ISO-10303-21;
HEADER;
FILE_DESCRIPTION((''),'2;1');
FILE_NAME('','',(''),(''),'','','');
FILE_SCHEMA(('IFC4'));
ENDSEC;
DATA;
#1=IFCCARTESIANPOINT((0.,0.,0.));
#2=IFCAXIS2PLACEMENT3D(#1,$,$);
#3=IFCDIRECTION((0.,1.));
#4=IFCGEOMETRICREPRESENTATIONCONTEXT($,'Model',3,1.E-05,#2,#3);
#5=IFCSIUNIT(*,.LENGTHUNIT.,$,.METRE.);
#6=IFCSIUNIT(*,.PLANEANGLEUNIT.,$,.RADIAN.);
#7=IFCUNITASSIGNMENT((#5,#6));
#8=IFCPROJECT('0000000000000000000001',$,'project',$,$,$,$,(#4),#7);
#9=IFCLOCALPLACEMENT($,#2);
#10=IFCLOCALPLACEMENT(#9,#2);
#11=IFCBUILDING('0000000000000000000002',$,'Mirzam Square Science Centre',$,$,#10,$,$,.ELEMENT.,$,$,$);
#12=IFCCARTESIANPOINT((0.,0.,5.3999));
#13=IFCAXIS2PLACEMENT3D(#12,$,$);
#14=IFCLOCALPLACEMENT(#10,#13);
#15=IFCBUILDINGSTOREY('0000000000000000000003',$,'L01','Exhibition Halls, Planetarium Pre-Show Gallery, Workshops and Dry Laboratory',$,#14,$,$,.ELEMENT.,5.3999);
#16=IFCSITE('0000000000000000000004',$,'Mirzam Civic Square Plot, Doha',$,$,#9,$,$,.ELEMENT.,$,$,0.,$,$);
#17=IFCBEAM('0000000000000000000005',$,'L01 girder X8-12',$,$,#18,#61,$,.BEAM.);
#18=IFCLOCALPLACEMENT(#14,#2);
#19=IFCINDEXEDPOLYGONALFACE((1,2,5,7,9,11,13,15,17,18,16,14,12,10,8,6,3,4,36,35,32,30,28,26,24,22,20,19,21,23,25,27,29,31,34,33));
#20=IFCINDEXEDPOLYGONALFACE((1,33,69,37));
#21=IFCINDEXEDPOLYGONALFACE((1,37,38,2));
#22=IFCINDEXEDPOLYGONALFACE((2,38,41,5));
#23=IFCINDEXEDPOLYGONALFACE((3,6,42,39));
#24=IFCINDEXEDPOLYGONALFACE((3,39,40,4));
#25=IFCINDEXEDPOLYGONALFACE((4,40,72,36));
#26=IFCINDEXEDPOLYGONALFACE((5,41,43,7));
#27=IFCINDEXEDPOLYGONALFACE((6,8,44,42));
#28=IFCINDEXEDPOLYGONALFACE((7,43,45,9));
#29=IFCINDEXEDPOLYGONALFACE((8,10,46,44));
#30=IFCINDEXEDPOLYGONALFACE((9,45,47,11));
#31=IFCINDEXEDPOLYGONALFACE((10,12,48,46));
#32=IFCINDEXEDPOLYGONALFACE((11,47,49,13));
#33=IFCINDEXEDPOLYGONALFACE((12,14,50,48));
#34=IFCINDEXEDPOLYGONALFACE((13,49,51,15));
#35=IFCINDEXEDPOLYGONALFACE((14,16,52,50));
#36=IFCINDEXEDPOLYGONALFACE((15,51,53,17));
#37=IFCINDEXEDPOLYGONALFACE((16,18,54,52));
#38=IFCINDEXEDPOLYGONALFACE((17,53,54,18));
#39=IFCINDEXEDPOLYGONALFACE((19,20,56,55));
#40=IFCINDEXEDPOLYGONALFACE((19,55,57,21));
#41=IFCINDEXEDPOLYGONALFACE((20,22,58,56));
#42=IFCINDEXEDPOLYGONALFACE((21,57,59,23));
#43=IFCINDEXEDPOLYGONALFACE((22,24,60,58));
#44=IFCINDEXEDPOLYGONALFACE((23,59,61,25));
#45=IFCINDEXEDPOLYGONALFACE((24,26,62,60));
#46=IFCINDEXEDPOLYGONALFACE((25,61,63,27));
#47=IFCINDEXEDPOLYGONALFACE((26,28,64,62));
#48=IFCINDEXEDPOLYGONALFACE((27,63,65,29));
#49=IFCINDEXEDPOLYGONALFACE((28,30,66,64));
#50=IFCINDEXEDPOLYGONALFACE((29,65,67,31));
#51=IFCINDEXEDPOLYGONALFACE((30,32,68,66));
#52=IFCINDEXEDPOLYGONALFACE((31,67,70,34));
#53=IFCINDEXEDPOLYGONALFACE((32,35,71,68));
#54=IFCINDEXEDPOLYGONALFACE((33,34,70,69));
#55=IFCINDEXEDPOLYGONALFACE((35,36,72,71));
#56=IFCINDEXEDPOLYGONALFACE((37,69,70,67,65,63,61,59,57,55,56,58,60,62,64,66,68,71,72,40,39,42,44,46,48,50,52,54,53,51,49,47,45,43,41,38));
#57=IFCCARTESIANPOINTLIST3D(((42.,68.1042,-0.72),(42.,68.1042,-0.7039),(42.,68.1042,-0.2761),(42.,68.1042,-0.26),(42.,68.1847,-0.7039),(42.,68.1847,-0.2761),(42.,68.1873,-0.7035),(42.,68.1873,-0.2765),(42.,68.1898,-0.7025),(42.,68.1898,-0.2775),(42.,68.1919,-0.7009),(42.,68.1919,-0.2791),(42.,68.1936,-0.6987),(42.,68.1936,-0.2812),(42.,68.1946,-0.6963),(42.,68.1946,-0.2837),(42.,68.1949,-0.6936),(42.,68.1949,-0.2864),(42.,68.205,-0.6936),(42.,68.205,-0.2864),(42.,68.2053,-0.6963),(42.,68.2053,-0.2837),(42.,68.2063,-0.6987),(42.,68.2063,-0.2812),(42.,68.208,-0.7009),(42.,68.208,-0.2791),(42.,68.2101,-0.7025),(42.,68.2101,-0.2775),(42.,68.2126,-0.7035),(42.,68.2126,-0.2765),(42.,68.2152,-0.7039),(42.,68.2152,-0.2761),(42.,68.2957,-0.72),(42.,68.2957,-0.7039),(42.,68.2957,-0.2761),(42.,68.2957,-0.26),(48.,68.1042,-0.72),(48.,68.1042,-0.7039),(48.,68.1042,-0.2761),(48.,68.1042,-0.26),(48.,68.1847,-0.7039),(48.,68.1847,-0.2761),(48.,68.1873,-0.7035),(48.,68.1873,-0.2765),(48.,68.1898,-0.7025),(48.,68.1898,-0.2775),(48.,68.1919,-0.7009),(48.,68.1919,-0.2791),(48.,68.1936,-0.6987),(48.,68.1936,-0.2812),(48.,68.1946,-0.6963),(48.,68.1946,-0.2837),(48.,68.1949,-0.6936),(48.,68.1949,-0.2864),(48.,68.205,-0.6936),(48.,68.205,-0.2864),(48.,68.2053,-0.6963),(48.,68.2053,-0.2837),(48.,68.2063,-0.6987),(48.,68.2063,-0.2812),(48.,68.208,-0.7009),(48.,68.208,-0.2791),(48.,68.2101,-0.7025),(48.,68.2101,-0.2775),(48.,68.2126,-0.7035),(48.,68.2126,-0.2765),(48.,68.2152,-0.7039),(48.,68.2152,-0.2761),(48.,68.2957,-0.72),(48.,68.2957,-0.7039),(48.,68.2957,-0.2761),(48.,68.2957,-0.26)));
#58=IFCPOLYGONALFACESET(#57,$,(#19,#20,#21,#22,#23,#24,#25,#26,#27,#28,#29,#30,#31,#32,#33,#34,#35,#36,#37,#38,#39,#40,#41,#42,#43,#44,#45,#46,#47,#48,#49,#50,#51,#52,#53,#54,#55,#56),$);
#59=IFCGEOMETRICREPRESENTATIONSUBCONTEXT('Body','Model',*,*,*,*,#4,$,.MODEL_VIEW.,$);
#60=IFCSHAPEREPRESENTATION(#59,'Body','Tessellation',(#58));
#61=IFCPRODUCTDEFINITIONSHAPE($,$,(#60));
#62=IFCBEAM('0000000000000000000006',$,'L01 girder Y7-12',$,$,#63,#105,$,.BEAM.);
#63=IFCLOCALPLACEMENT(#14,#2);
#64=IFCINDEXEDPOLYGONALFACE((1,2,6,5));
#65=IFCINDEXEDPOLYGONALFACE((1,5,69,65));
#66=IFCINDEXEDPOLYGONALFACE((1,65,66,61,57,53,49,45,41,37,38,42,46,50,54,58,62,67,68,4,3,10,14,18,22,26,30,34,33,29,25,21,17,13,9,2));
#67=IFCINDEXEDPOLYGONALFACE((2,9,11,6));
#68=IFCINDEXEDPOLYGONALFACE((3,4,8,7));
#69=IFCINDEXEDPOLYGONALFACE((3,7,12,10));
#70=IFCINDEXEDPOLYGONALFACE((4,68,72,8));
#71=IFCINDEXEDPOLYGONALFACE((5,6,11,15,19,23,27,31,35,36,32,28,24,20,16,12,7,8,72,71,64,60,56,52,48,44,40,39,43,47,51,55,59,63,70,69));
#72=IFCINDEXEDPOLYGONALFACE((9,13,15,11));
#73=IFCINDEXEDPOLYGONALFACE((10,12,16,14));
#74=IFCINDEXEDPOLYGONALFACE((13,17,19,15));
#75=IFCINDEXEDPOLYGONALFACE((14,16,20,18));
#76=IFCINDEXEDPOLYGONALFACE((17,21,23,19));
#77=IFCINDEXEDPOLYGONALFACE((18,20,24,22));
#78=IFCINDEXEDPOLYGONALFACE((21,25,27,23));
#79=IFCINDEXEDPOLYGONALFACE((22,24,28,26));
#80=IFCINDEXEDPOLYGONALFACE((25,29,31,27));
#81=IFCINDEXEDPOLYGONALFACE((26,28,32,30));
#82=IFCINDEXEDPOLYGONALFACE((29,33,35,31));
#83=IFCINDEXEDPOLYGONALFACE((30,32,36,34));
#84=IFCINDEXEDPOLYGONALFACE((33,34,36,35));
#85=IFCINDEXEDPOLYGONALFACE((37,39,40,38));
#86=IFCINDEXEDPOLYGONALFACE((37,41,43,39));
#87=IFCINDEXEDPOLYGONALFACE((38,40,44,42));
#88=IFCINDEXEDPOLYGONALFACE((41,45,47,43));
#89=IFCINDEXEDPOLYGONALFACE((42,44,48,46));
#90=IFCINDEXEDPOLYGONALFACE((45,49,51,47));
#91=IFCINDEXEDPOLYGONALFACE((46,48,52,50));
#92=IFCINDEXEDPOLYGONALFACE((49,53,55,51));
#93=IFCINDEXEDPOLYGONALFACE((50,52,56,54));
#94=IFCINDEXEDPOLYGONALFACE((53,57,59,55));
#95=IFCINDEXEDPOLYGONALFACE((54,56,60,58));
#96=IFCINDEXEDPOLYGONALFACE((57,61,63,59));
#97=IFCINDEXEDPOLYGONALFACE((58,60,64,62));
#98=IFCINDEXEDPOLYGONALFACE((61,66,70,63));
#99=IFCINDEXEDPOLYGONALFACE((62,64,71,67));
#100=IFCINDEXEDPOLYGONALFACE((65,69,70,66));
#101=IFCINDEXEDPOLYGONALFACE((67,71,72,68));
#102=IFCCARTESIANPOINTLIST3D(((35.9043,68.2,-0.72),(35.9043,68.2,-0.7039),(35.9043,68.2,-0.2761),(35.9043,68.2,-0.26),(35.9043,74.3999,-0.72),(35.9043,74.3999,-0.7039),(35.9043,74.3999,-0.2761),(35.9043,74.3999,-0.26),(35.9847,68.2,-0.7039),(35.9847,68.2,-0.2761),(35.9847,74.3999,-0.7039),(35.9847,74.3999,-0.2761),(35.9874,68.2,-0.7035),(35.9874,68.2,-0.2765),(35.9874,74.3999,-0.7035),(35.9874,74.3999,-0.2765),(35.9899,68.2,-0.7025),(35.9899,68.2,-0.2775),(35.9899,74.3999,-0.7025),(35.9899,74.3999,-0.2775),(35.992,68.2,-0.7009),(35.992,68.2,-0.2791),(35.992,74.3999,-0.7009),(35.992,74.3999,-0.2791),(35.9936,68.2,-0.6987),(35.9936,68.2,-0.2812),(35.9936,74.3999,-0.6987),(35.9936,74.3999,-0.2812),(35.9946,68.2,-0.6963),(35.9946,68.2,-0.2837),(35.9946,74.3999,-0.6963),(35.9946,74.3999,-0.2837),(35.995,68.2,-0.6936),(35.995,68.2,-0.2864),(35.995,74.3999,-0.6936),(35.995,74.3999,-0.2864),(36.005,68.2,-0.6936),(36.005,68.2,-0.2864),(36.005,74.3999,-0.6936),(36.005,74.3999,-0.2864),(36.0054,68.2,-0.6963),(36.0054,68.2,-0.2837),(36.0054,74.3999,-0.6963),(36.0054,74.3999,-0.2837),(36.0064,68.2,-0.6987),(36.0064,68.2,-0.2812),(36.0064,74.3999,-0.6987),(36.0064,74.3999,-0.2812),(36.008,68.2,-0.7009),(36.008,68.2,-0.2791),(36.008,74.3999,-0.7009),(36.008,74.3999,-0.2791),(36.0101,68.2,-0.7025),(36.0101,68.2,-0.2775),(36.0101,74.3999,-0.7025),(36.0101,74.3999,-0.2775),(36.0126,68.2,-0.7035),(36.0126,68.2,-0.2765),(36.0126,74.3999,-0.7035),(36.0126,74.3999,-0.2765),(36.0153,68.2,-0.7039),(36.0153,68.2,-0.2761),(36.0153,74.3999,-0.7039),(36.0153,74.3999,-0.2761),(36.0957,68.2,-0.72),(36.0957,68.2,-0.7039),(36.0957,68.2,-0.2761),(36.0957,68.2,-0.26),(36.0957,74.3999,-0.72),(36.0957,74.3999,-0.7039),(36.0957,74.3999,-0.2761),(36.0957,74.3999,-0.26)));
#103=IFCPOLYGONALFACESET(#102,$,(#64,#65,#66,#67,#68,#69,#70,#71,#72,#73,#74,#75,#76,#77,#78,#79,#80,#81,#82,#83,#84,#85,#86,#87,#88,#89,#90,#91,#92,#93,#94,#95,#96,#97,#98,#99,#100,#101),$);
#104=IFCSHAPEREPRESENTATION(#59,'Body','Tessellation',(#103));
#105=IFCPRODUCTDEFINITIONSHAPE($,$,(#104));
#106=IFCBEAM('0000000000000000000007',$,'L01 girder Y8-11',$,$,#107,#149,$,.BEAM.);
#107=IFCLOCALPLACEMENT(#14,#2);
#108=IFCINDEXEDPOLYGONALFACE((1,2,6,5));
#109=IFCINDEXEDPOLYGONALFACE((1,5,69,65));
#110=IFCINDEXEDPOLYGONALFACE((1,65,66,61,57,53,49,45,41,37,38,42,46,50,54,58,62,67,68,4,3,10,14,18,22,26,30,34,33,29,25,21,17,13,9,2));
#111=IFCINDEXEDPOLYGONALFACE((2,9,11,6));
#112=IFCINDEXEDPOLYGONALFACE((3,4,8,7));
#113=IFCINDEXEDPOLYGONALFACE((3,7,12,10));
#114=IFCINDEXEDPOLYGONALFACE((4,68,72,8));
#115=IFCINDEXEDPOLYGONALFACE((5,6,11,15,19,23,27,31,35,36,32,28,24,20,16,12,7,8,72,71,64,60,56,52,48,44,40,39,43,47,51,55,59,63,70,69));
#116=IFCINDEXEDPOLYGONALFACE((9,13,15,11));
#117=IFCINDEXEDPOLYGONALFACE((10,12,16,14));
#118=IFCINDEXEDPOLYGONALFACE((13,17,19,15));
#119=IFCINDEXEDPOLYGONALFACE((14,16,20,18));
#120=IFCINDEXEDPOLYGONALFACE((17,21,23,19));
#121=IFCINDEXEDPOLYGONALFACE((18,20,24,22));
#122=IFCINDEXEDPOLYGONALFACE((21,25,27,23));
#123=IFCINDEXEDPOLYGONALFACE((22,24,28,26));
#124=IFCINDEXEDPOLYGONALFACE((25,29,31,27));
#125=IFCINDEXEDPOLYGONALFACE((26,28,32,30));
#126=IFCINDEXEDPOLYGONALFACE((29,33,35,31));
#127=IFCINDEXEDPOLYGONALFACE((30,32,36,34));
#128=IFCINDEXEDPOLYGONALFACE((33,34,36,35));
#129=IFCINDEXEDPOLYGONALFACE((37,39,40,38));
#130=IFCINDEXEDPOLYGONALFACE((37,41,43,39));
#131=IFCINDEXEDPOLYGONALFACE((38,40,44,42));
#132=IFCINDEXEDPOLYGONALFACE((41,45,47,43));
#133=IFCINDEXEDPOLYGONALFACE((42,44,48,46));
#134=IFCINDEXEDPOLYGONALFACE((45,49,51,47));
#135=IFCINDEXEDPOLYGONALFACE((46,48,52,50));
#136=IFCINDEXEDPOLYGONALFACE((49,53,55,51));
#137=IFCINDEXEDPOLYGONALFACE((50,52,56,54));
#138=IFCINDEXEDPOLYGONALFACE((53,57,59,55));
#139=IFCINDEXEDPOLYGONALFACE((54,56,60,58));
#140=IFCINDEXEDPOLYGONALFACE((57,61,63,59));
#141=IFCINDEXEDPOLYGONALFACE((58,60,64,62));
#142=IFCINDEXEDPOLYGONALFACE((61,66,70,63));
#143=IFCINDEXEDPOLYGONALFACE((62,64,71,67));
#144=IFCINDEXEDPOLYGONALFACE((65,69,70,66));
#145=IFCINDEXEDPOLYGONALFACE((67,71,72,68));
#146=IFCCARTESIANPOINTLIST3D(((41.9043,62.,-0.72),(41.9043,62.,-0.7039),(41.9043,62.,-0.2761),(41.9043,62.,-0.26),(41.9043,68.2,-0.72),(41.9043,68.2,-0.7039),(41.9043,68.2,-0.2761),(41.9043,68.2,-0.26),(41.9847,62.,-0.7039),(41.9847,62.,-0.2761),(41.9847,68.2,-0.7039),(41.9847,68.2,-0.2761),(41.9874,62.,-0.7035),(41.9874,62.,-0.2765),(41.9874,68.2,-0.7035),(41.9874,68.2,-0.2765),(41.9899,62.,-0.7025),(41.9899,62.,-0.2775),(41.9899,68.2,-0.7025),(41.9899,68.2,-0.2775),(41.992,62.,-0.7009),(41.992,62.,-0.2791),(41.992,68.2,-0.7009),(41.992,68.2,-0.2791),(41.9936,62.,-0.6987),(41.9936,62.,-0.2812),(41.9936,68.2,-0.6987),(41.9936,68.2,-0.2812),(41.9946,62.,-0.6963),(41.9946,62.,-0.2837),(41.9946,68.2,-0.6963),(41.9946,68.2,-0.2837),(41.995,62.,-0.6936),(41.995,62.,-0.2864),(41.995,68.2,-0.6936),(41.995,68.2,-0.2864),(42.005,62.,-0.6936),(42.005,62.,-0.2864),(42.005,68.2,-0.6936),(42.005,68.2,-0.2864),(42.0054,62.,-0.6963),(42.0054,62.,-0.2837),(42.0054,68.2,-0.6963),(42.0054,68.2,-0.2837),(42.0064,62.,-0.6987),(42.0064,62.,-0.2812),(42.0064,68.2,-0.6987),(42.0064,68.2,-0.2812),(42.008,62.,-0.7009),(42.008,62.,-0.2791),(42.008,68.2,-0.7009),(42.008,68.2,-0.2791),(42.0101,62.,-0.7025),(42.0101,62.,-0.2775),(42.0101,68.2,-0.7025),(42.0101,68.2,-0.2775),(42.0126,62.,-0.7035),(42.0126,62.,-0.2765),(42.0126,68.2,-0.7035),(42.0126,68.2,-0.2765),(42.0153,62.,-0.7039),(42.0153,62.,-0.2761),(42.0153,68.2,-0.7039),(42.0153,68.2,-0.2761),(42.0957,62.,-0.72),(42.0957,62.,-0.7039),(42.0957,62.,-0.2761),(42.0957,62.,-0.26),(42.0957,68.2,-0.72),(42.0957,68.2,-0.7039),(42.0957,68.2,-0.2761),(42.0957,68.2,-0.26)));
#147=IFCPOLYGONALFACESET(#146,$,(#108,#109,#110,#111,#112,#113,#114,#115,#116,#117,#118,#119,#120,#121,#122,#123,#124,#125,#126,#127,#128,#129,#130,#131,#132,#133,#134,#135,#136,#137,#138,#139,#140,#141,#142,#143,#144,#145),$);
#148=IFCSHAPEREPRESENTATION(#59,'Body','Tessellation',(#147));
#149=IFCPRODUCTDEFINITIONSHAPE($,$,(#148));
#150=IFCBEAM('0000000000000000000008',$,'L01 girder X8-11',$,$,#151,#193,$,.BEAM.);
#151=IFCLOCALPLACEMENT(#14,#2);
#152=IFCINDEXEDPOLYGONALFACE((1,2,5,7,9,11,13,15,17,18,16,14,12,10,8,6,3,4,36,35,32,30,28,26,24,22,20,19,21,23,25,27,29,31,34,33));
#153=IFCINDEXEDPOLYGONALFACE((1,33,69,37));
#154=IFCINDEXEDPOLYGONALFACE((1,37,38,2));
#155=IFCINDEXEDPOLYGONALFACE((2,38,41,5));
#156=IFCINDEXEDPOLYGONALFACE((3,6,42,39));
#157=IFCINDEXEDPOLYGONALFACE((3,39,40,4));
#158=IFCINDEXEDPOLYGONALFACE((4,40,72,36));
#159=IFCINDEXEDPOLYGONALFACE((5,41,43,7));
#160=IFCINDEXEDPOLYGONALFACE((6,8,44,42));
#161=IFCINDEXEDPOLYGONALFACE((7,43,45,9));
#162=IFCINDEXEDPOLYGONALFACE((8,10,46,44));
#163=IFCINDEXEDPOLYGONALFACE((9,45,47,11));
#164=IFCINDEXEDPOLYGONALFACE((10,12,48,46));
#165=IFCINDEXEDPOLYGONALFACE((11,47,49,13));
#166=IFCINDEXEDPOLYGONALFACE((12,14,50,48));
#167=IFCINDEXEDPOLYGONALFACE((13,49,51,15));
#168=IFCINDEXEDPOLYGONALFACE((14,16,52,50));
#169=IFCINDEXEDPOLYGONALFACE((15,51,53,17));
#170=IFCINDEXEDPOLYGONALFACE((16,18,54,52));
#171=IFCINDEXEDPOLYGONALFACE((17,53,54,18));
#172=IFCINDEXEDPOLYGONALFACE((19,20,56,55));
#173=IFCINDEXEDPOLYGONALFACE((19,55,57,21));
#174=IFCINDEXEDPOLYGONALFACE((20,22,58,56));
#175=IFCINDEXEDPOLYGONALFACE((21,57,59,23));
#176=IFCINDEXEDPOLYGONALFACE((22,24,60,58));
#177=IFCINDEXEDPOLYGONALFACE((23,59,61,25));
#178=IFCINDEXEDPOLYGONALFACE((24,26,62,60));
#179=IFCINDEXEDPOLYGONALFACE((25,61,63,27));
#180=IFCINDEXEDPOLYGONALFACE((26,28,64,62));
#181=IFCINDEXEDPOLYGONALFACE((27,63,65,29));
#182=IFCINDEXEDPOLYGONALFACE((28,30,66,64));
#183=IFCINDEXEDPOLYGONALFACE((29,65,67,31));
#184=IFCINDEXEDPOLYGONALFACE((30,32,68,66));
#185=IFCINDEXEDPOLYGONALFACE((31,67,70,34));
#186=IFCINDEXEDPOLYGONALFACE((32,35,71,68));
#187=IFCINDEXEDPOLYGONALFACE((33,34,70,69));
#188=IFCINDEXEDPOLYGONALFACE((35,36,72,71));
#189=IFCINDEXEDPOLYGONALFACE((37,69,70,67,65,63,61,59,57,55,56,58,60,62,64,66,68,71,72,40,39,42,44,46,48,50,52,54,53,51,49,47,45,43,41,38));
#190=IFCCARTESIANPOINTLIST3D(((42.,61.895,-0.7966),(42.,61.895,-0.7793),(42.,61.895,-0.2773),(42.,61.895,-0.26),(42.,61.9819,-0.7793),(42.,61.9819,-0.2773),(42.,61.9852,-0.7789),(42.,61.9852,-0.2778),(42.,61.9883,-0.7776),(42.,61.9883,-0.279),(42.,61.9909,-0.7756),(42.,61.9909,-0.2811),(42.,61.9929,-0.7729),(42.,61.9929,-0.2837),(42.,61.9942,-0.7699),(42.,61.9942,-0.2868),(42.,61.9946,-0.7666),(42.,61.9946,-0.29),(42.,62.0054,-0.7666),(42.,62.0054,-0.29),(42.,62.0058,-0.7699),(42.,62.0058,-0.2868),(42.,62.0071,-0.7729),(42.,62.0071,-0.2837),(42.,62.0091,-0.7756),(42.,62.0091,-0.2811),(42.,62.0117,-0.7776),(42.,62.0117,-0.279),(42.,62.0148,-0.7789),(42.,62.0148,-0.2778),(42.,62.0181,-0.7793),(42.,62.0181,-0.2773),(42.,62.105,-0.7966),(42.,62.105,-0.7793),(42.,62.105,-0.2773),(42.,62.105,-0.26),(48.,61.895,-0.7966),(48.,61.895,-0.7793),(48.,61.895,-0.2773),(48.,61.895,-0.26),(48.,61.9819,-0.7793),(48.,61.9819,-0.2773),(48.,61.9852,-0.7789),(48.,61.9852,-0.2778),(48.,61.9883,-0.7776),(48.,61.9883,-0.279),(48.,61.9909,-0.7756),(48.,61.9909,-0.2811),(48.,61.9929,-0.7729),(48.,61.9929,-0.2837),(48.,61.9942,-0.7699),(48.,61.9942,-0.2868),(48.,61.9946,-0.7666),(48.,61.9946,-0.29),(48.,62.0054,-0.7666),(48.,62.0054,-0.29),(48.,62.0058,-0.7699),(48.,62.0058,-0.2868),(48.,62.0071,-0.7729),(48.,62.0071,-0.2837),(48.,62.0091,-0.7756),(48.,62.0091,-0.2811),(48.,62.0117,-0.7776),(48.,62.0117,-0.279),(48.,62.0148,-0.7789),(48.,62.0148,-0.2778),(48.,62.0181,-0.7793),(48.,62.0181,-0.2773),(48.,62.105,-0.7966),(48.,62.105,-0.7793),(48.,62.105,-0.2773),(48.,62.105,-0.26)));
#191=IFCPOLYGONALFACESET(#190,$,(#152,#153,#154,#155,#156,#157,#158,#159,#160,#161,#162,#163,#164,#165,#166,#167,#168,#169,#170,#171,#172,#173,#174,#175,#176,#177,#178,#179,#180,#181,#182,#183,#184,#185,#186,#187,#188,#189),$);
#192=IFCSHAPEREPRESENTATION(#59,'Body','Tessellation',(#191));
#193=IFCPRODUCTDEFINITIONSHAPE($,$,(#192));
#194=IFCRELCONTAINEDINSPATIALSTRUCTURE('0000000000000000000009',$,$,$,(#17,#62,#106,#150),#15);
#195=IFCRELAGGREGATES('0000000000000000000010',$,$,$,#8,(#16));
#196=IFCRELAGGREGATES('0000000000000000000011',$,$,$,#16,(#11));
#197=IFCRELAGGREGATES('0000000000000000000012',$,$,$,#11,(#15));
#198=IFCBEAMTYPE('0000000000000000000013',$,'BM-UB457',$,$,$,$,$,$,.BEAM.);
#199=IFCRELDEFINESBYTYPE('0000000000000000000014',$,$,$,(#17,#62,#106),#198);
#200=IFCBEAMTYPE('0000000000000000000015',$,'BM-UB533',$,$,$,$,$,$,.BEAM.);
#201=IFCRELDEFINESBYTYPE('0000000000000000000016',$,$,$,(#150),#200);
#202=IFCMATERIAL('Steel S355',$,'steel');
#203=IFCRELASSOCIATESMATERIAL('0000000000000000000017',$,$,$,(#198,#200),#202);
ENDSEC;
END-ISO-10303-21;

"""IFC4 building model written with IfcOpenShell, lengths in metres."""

from ifc_helpers import new_model, si_unit, direction, frame, origin, origin_2d, place, context, subcontext, project, spatial, i_section, extrude, material, material_profile, profile_set, type_object, element, save


model = new_model("IFC4")

# Units and contexts
model_context = context("Model", 3, precision=1e-05, world=origin(), true_north=direction((0.0, 1.0)))
body_context = subcontext(model_context, "Body", "Model", "MODEL_VIEW")
ifc_project = project(units=[si_unit("LENGTHUNIT", "METRE"), si_unit("PLANEANGLEUNIT", "RADIAN")], contexts=[model_context])

# Site, building, storey
site_placement = place(None, origin())
site = spatial("IfcSite", under=ifc_project, at=site_placement, Name="Mirzam Civic Square Plot, Doha", CompositionType="ELEMENT", RefElevation=0.0)
building_placement = place(site_placement, origin())
building = spatial("IfcBuilding", under=site, at=building_placement, Name="Mirzam Square Science Centre", CompositionType="ELEMENT")
storey_placement = place(building_placement, frame((0.0, 0.0, 5.3999)))
storey = spatial("IfcBuildingStorey", under=building, at=storey_placement, Name="L01", Description="Exhibition Halls, Planetarium Pre-Show Gallery, Workshops and Dry Laboratory", CompositionType="ELEMENT", Elevation=5.3999)

# Shared definitions
ifc_material_1 = material(Name="Steel S355", Category="steel")

# Beams
ifc_material_profile_1 = material_profile(ifc_material_1, i_section(OverallWidth=0.1914, OverallDepth=0.46, WebThickness=0.01, FlangeThickness=0.0161, FilletRadius=0.0103, at=origin_2d()), Name="457x191x82UB")
ifc_profile_set_1 = profile_set([ifc_material_profile_1], Name="Steel S355")
beam_type_1 = type_object("IfcBeamType", Name="BM-UB457", PredefinedType="BEAM", material=ifc_profile_set_1)
beam_1_placement = place(storey_placement, frame((42.0, 68.2, -0.49), z_axis=(1.0, 0.0, 0.0), x_axis=(0.0, 1.0, 0.0)))
element("IfcBeam", 1, at=beam_1_placement, inside=storey, type_object=beam_type_1, Name="L01 girder X8-12", PredefinedType="BEAM", context=body_context, shape_type="SweptSolid", body=[
    extrude(i_section(OverallWidth=0.1914, OverallDepth=0.46, WebThickness=0.01, FlangeThickness=0.0161, FilletRadius=0.0103, at=origin_2d()), origin(), (0.0, 0.0, 1.0), 6.0),
])
for number, where, z_axis, x_axis, name in (
    (2, (36.0, 68.2, -0.49), (0.0, 1.0, 0.0), (-1.0, 0.0, 0.0), "L01 girder Y7-12"),
    (3, (42.0, 62.0, -0.49), (0.0, 1.0, 0.0), (-1.0, 0.0, 0.0), "L01 girder Y8-11"),
):
    element("IfcBeam", number, at=place(storey_placement, frame(where, z_axis=z_axis, x_axis=x_axis)), inside=storey, type_object=beam_type_1, Name=name, PredefinedType="BEAM", context=body_context, shape_type="SweptSolid", body=[
        extrude(i_section(OverallWidth=0.1914, OverallDepth=0.46, WebThickness=0.01, FlangeThickness=0.0161, FilletRadius=0.0103, at=origin_2d()), origin(), (0.0, 0.0, 1.0), 6.2),
    ])
ifc_material_profile_2 = material_profile(ifc_material_1, i_section(OverallWidth=0.21, OverallDepth=0.5366, WebThickness=0.0107, FlangeThickness=0.0173, FilletRadius=0.0127, at=origin_2d()), Name="533x210x101UB")
ifc_profile_set_2 = profile_set([ifc_material_profile_2], Name="Steel S355")
beam_type_2 = type_object("IfcBeamType", Name="BM-UB533", PredefinedType="BEAM", material=ifc_profile_set_2)
for number, where, z_axis, x_axis, name in (
    (4, (42.0, 62.0, -0.5283), (1.0, 0.0, 0.0), (0.0, 1.0, 0.0), "L01 girder X8-11"),
):
    element("IfcBeam", number, at=place(storey_placement, frame(where, z_axis=z_axis, x_axis=x_axis)), inside=storey, type_object=beam_type_2, Name=name, PredefinedType="BEAM", context=body_context, shape_type="SweptSolid", body=[
        extrude(i_section(OverallWidth=0.21, OverallDepth=0.5366, WebThickness=0.0107, FlangeThickness=0.0173, FilletRadius=0.0127, at=origin_2d()), origin(), (0.0, 0.0, 1.0), 6.0),
    ])

save(model, "model.ifc")
